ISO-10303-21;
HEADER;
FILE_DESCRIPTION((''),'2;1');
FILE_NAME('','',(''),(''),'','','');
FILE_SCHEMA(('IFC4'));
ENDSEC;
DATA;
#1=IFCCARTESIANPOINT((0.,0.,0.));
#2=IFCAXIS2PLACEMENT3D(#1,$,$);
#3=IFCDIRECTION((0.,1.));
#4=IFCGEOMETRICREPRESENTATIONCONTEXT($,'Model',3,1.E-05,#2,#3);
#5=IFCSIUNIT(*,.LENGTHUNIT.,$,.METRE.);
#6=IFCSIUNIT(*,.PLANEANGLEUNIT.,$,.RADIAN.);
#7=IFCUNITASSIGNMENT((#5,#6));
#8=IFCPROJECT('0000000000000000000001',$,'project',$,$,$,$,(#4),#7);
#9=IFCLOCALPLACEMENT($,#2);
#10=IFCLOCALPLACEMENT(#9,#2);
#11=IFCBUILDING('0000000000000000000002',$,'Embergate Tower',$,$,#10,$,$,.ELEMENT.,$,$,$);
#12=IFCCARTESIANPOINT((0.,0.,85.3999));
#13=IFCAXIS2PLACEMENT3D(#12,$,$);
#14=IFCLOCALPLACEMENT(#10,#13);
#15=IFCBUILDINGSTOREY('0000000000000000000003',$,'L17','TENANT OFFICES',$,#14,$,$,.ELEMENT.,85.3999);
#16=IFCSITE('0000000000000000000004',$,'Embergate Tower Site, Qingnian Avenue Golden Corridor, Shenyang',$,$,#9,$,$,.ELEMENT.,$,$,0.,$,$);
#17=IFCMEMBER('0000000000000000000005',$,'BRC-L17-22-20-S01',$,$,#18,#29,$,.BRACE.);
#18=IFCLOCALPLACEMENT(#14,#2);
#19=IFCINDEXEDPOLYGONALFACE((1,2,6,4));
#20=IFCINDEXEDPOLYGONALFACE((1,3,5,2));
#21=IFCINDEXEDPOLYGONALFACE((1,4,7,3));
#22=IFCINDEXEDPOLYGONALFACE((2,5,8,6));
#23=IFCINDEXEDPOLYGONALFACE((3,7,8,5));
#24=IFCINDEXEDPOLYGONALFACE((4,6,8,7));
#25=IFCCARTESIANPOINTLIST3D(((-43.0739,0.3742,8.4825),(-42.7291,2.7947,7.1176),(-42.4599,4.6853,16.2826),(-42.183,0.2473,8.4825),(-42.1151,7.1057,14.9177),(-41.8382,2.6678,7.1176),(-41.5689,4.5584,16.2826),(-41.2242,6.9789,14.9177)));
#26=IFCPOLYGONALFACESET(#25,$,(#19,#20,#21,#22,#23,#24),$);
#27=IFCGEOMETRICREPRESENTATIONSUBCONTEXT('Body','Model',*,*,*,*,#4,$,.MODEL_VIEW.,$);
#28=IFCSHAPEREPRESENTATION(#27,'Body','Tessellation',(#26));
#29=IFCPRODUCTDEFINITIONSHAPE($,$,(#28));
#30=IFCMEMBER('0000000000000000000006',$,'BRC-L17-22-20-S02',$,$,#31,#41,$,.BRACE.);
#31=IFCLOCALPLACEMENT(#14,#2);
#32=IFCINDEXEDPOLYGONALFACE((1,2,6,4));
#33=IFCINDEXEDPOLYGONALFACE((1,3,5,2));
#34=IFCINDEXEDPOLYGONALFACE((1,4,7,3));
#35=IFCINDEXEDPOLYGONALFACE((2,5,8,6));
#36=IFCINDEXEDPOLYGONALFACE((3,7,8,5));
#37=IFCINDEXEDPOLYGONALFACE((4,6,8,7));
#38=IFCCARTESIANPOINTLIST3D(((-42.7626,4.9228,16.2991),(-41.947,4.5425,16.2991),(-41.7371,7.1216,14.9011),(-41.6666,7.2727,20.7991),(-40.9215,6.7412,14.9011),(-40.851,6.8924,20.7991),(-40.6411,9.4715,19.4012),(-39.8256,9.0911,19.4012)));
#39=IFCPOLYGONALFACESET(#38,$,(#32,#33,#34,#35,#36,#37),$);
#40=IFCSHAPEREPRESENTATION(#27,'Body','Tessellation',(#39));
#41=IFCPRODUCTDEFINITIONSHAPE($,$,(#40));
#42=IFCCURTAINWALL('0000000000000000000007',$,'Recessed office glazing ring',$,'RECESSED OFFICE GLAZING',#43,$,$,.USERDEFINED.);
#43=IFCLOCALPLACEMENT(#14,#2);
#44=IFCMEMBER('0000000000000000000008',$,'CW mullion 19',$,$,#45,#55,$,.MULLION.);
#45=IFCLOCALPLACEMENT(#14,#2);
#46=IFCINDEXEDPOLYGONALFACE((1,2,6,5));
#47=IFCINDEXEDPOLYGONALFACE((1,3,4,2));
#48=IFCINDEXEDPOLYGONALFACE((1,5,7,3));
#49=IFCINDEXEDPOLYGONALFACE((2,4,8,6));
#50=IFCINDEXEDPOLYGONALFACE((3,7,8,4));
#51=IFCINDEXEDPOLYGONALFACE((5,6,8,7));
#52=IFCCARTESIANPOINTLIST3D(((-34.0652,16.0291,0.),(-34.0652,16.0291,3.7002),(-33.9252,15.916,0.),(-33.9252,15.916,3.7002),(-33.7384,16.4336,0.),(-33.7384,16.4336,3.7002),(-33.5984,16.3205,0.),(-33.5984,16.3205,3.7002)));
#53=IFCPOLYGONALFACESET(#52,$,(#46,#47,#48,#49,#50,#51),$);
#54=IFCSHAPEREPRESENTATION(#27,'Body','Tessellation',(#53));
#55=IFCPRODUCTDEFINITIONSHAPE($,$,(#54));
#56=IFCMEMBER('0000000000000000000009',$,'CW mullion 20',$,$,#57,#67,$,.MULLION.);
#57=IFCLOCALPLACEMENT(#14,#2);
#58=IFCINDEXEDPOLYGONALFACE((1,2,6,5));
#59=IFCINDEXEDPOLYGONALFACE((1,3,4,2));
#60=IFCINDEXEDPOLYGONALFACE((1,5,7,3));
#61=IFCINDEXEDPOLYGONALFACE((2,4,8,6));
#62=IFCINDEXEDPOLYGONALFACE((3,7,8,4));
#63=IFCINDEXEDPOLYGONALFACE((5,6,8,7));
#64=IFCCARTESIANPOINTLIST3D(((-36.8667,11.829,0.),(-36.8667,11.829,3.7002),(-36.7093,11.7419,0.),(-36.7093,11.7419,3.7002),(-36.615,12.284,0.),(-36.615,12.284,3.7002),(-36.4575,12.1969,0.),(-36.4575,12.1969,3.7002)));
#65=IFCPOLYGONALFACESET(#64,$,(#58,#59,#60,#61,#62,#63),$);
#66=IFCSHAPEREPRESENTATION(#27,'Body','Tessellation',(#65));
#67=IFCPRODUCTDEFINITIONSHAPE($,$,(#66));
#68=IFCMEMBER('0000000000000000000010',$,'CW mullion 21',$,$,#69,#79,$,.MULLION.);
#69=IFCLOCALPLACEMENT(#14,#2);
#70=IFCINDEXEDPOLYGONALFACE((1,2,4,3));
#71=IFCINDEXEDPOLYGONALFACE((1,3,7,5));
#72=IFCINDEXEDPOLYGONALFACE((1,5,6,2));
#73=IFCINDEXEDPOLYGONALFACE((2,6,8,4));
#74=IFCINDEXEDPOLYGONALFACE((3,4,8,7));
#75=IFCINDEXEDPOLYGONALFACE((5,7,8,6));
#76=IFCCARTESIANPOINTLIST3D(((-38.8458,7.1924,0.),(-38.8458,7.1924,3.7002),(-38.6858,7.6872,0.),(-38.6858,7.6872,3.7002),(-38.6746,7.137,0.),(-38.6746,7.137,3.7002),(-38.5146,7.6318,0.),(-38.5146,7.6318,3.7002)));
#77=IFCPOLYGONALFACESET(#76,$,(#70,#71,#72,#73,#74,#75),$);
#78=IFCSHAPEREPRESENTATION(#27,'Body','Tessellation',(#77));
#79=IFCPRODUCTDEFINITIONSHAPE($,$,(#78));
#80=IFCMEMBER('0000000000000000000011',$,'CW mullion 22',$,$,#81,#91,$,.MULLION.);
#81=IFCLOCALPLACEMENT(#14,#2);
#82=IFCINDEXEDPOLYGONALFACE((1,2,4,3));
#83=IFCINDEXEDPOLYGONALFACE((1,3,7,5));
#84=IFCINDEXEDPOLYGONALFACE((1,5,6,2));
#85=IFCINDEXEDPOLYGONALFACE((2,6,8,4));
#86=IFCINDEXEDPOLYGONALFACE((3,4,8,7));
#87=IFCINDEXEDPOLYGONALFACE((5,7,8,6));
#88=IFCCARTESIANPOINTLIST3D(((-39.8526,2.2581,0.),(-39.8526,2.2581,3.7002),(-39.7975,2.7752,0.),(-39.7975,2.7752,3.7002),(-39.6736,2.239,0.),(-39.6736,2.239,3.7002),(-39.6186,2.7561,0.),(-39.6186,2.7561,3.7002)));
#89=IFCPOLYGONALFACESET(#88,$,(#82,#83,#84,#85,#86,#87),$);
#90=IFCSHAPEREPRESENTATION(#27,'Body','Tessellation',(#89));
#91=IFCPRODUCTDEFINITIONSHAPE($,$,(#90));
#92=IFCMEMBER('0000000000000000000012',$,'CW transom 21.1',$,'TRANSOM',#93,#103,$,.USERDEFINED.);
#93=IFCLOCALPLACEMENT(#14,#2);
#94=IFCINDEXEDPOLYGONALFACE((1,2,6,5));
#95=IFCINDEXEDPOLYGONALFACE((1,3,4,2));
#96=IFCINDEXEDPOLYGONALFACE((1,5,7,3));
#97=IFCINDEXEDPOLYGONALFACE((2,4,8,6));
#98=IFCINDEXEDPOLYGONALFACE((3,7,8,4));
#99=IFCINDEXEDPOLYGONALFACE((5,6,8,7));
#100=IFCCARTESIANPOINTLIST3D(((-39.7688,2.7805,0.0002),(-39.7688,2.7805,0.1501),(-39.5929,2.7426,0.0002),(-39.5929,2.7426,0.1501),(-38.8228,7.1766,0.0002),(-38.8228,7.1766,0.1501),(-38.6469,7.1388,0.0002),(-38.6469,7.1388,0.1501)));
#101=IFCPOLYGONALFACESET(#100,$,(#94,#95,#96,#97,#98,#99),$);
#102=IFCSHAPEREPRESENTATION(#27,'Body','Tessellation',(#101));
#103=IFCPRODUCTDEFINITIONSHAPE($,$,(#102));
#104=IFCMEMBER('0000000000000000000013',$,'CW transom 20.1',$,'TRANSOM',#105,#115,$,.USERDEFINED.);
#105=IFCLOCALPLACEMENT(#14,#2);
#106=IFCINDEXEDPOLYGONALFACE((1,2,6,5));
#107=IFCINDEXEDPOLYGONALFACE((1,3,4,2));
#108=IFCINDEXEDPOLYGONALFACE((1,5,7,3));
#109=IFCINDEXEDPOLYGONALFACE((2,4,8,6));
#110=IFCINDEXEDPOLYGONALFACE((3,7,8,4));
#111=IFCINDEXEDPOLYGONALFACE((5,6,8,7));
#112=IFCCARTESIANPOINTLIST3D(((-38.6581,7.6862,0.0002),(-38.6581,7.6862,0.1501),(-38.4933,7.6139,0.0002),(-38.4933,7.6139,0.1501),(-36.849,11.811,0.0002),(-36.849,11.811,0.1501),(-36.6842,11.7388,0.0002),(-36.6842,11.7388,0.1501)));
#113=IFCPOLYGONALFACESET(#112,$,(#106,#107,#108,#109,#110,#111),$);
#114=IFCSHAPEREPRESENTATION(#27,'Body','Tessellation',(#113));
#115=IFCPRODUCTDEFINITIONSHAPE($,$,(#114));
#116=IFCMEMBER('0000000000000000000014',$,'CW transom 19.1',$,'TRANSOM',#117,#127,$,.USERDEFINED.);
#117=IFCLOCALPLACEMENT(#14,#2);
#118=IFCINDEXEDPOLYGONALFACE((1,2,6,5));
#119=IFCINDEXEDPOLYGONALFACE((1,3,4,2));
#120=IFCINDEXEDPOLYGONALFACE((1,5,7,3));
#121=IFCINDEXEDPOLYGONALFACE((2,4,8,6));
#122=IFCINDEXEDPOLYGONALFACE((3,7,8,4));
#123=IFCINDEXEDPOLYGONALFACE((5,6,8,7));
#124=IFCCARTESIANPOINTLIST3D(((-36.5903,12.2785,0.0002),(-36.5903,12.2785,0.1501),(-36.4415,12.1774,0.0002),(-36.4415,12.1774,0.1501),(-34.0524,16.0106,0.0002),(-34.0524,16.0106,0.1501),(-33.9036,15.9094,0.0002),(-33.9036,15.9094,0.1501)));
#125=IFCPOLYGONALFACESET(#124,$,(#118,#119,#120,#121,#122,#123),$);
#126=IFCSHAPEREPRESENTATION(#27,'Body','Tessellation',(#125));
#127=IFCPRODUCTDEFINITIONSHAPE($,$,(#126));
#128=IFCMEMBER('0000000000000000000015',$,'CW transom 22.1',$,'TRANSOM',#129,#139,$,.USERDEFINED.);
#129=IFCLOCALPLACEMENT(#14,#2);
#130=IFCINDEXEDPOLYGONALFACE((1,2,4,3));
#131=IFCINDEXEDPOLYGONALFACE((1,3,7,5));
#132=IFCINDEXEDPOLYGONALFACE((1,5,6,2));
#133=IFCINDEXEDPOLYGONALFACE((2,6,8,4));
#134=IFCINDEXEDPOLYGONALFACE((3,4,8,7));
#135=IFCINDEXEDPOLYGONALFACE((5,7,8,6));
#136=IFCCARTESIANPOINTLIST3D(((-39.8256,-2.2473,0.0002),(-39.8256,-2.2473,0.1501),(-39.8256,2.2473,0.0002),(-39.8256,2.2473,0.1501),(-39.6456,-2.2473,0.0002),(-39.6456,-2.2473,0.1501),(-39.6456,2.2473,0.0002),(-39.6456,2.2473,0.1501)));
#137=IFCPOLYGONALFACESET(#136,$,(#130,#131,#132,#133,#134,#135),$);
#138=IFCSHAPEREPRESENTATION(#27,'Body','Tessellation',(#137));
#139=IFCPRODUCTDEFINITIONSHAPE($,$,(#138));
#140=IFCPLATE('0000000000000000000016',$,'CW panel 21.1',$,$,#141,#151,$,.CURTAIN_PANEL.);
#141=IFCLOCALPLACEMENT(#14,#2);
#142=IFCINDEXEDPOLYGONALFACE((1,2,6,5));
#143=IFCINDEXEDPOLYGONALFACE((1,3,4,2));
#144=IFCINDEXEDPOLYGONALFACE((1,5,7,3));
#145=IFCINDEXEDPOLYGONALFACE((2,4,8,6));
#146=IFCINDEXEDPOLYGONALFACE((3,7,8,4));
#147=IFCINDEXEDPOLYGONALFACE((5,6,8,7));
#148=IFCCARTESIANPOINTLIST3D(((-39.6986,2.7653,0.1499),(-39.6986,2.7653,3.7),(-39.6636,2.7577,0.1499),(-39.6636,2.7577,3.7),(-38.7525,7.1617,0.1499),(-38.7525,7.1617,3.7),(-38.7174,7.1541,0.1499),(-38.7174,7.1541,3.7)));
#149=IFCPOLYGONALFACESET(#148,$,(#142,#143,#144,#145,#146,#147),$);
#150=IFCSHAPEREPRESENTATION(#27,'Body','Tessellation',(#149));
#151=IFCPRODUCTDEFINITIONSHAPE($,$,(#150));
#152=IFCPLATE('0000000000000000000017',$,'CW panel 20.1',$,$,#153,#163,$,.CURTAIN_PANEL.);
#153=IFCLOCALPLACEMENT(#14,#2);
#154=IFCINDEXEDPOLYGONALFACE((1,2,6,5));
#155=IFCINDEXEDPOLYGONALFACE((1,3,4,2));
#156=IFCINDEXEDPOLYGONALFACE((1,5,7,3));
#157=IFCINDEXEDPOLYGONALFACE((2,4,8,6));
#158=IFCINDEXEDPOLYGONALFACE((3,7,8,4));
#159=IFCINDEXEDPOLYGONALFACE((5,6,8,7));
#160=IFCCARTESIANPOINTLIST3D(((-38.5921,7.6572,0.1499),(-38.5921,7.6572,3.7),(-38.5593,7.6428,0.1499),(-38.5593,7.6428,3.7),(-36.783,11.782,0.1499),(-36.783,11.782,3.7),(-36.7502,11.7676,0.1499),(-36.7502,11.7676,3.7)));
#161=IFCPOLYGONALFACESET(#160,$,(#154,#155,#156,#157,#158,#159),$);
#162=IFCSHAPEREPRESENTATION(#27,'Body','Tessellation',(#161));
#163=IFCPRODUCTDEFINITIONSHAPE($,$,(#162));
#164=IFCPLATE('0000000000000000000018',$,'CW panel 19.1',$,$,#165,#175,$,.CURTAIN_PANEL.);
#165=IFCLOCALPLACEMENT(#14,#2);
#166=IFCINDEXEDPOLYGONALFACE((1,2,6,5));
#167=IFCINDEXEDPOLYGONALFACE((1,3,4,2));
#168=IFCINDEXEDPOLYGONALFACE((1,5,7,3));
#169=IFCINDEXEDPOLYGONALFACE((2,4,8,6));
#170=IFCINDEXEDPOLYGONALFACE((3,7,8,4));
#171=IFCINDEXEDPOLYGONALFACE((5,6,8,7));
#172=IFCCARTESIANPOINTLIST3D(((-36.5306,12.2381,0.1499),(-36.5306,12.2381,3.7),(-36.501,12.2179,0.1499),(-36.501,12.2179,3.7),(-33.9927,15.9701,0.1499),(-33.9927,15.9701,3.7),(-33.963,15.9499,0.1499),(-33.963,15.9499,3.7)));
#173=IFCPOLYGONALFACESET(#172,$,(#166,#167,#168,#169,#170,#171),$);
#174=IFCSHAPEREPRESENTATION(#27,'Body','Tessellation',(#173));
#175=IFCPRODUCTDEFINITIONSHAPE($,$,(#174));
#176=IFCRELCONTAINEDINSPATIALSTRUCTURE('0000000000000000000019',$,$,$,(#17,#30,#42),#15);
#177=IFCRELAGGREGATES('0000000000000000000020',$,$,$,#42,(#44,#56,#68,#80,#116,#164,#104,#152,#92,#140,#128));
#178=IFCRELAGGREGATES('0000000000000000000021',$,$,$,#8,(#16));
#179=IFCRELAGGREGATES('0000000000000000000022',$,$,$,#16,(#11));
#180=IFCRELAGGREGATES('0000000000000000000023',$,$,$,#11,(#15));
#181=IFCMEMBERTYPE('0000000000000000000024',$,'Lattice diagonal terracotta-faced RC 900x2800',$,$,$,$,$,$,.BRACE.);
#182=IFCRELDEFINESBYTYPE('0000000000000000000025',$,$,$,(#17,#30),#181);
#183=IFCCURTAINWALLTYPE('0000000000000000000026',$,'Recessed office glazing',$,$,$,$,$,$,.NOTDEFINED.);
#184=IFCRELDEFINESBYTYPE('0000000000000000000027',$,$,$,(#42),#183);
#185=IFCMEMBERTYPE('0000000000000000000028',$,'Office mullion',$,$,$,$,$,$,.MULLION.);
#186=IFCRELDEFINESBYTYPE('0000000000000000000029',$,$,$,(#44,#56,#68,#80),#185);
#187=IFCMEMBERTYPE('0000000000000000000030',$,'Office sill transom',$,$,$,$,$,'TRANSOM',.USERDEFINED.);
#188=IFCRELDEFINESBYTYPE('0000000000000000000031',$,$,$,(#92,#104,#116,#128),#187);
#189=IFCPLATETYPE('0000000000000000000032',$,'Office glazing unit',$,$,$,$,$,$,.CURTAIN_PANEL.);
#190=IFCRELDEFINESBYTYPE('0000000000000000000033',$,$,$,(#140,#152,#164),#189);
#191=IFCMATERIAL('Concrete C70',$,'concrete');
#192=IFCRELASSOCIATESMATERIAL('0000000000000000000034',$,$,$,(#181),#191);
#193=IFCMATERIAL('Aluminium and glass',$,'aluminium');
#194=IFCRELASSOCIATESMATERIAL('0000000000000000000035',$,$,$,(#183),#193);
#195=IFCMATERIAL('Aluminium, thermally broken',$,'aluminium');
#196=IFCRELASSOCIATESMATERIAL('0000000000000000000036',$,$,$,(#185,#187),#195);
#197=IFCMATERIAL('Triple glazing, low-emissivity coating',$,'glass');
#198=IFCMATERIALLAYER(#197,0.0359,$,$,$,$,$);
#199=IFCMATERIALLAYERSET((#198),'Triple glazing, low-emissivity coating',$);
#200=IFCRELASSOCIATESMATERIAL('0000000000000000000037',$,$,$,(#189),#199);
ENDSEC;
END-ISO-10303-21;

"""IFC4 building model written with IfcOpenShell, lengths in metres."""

from ifc_helpers import new_model, si_unit, direction, frame, origin, origin_2d, place, context, subcontext, project, spatial, rectangle, extrude, source, transform, mapped, material, layer, layer_set, material_profile, profile_set, type_object, element, aggregate, save


model = new_model("IFC4")

# Units and contexts
model_context = context("Model", 3, precision=1e-05, world=origin(), true_north=direction((0.0, 1.0)))
body_context = subcontext(model_context, "Body", "Model", "MODEL_VIEW")
ifc_project = project(units=[si_unit("LENGTHUNIT", "METRE"), si_unit("PLANEANGLEUNIT", "RADIAN")], contexts=[model_context])

# Site, building, storey
site_placement = place(None, origin())
site = spatial("IfcSite", under=ifc_project, at=site_placement, Name="Embergate Tower Site, Qingnian Avenue Golden Corridor, Shenyang", CompositionType="ELEMENT", RefElevation=0.0)
building_placement = place(site_placement, origin())
building = spatial("IfcBuilding", under=site, at=building_placement, Name="Embergate Tower", CompositionType="ELEMENT")
storey_placement = place(building_placement, frame((0.0, 0.0, 85.3999)))
storey = spatial("IfcBuildingStorey", under=building, at=storey_placement, Name="L17", Description="TENANT OFFICES", CompositionType="ELEMENT", Elevation=85.3999)

# Shared definitions
ifc_material_1 = material(Name="Concrete C70", Category="concrete")

# Members
ifc_material_profile_1 = material_profile(ifc_material_1, rectangle(XDim=0.8999, YDim=2.8, at=origin_2d()), Name="RC 900x2800")
ifc_profile_set_1 = profile_set([ifc_material_profile_1], Name="Concrete C70")
member_type_1 = type_object("IfcMemberType", Name="Lattice diagonal terracotta-faced RC 900x2800", PredefinedType="BRACE", material=ifc_profile_set_1)
shared_shape_1 = source(origin(), body_context, "Body", "SweptSolid", [
    extrude(rectangle(XDim=0.8999, YDim=2.8, at=origin_2d()), origin(), (0.0, 0.0, 1.0), 8.9333),
])
member_1_placement = place(storey_placement, frame((-42.4561, 1.521, 7.8), z_axis=(0.068734, 0.482584, 0.873149), x_axis=(-0.990009, 0.141005, 0.0)))
element("IfcMember", 1, at=member_1_placement, inside=storey, type_object=member_type_1, Name="BRC-L17-22-20-S01", PredefinedType="BRACE", context=body_context, shape_type="MappedRepresentation", body=[
    mapped(shared_shape_1, transform((0.0, 0.0, 0.0))),
])
shared_shape_2 = source(origin(), body_context, "Body", "SweptSolid", [
    extrude(rectangle(XDim=0.8999, YDim=2.8, at=origin_2d()), origin(), (0.0, 0.0, 1.0), 5.1936),
])
member_2_placement = place(storey_placement, frame((-41.842, 5.832, 15.6001), z_axis=(0.211021, 0.452457, 0.86646), x_axis=(-0.906279, 0.422679, 0.0)))
element("IfcMember", 2, at=member_2_placement, inside=storey, type_object=member_type_1, Name="BRC-L17-22-20-S02", PredefinedType="BRACE", context=body_context, shape_type="MappedRepresentation", body=[
    mapped(shared_shape_2, transform((0.0, 0.0, 0.0))),
])

# Curtain wall, members, plates
ifc_material_2 = material(Name="Aluminium and glass", Category="aluminium")
curtain_wall_type = type_object("IfcCurtainWallType", Name="Recessed office glazing", PredefinedType="NOTDEFINED", material=ifc_material_2)
curtain_wall_placement = place(storey_placement, origin())
curtain_wall = element("IfcCurtainWall", 3, at=curtain_wall_placement, inside=storey, type_object=curtain_wall_type, Name="Recessed office glazing ring", ObjectType="RECESSED OFFICE GLAZING", PredefinedType="USERDEFINED")
ifc_material_3 = material(Name="Aluminium, thermally broken", Category="aluminium")
ifc_material_profile_2 = material_profile(ifc_material_3, rectangle(XDim=0.1799, YDim=0.52, at=origin_2d()), Name="AL 520x180")
ifc_profile_set_2 = profile_set([ifc_material_profile_2], Name="Aluminium, thermally broken")
member_type_2 = type_object("IfcMemberType", Name="Office mullion", PredefinedType="MULLION", material=ifc_profile_set_2)
shared_shape_3 = source(origin(), body_context, "Body", "SweptSolid", [
    extrude(rectangle(XDim=0.1799, YDim=0.52, at=origin_2d()), origin(), (0.0, 0.0, 1.0), 3.7002),
])
member_3_placement = place(storey_placement, frame((-33.8318, 16.1748, 0.0), z_axis=(0.0, 0.0, 1.0), x_axis=(0.777876, -0.628418, 0.0)))
member_3 = element("IfcMember", 4, at=member_3_placement, type_object=member_type_2, Name="CW mullion 19", PredefinedType="MULLION", context=body_context, shape_type="MappedRepresentation", body=[
    mapped(shared_shape_3, transform((0.0, 0.0, 0.0))),
])
member_4_placement = place(storey_placement, frame((-36.6621, 12.0129, 0.0), z_axis=(0.0, 0.0, 1.0), x_axis=(0.875005, -0.484113, 0.0)))
member_4 = element("IfcMember", 5, at=member_4_placement, type_object=member_type_2, Name="CW mullion 20", PredefinedType="MULLION", context=body_context, shape_type="MappedRepresentation", body=[
    mapped(shared_shape_3, transform((0.0, 0.0, 0.0))),
])
member_5_placement = place(storey_placement, frame((-38.6802, 7.4121, 0.0), z_axis=(0.0, 0.0, 1.0), x_axis=(0.951499, -0.307651, 0.0)))
member_5 = element("IfcMember", 6, at=member_5_placement, type_object=member_type_2, Name="CW mullion 21", PredefinedType="MULLION", context=body_context, shape_type="MappedRepresentation", body=[
    mapped(shared_shape_3, transform((0.0, 0.0, 0.0))),
])
member_6_placement = place(storey_placement, frame((-39.7356, 2.5071, 0.0), z_axis=(0.0, 0.0, 1.0), x_axis=(0.994385, -0.105822, 0.0)))
member_6 = element("IfcMember", 7, at=member_6_placement, type_object=member_type_2, Name="CW mullion 22", PredefinedType="MULLION", context=body_context, shape_type="MappedRepresentation", body=[
    mapped(shared_shape_3, transform((0.0, 0.0, 0.0))),
])
ifc_material_profile_3 = material_profile(ifc_material_3, rectangle(XDim=0.1799, YDim=0.1499, at=origin_2d()), Name="AL 150x180")
ifc_profile_set_3 = profile_set([ifc_material_profile_3], Name="Aluminium, thermally broken")
member_type_3 = type_object("IfcMemberType", Name="Office sill transom", ElementType="TRANSOM", PredefinedType="USERDEFINED", material=ifc_profile_set_3)
shared_shape_4 = source(origin(), body_context, "Body", "SweptSolid", [
    extrude(rectangle(XDim=0.1799, YDim=0.1499, at=origin_2d()), origin(), (0.0, 0.0, 1.0), 4.4968),
])
member_7_placement = place(storey_placement, frame((-38.7349, 7.1577, 0.0752), z_axis=(-0.210378, -0.97762, 0.0), x_axis=(0.97762, -0.210378, 0.0)))
member_7 = element("IfcMember", 8, at=member_7_placement, type_object=member_type_3, Name="CW transom 21.1", ObjectType="TRANSOM", PredefinedType="USERDEFINED", context=body_context, shape_type="MappedRepresentation", body=[
    mapped(shared_shape_4, transform((0.0, 0.0, 0.0))),
])
shared_shape_5 = source(origin(), body_context, "Body", "SweptSolid", [
    extrude(rectangle(XDim=0.1799, YDim=0.1499, at=origin_2d()), origin(), (0.0, 0.0, 1.0), 4.5042),
])
member_8_placement = place(storey_placement, frame((-36.7666, 11.7749, 0.0752), z_axis=(-0.401658, -0.91579, 0.0), x_axis=(0.91579, -0.401658, 0.0)))
member_8 = element("IfcMember", 9, at=member_8_placement, type_object=member_type_3, Name="CW transom 20.1", ObjectType="TRANSOM", PredefinedType="USERDEFINED", context=body_context, shape_type="MappedRepresentation", body=[
    mapped(shared_shape_5, transform((0.0, 0.0, 0.0))),
])
shared_shape_6 = source(origin(), body_context, "Body", "SweptSolid", [
    extrude(rectangle(XDim=0.1799, YDim=0.1499, at=origin_2d()), origin(), (0.0, 0.0, 1.0), 4.5132),
])
member_9_placement = place(storey_placement, frame((-33.978, 15.96, 0.0752), z_axis=(-0.562329, -0.826913, 0.0), x_axis=(0.826913, -0.562329, 0.0)))
member_9 = element("IfcMember", 10, at=member_9_placement, type_object=member_type_3, Name="CW transom 19.1", ObjectType="TRANSOM", PredefinedType="USERDEFINED", context=body_context, shape_type="MappedRepresentation", body=[
    mapped(shared_shape_6, transform((0.0, 0.0, 0.0))),
])
shared_shape_7 = source(origin(), body_context, "Body", "SweptSolid", [
    extrude(rectangle(XDim=0.1799, YDim=0.1499, at=origin_2d()), origin(), (0.0, 0.0, 1.0), 4.4946),
])
member_10_placement = place(storey_placement, frame((-39.7356, 2.2473, 0.0752), z_axis=(0.0, -1.0, 0.0), x_axis=(1.0, 0.0, 0.0)))
member_10 = element("IfcMember", 11, at=member_10_placement, type_object=member_type_3, Name="CW transom 22.1", ObjectType="TRANSOM", PredefinedType="USERDEFINED", context=body_context, shape_type="MappedRepresentation", body=[
    mapped(shared_shape_7, transform((0.0, 0.0, 0.0))),
])
ifc_material_4 = material(Name="Triple glazing, low-emissivity coating", Category="glass")
ifc_layer = layer(ifc_material_4, 0.0359)
ifc_layer_set = layer_set([ifc_layer], Name="Triple glazing, low-emissivity coating")
plate_type = type_object("IfcPlateType", Name="Office glazing unit", PredefinedType="CURTAIN_PANEL", material=ifc_layer_set)
shared_shape_8 = source(origin(), body_context, "Body", "SweptSolid", [
    extrude(rectangle(XDim=4.4971, YDim=0.0359, at=origin_2d()), origin(), (0.0, 0.0, 1.0), 3.55),
])
plate_1_placement = place(storey_placement, frame((-39.208, 4.9597, 0.1499), z_axis=(0.0, 0.0, 1.0), x_axis=(-0.210398, -0.977616, 0.0)))
plate_1 = element("IfcPlate", 12, at=plate_1_placement, type_object=plate_type, Name="CW panel 21.1", PredefinedType="CURTAIN_PANEL", context=body_context, shape_type="MappedRepresentation", body=[
    mapped(shared_shape_8, transform((0.0, 0.0, 0.0))),
])
shared_shape_9 = source(origin(), body_context, "Body", "SweptSolid", [
    extrude(rectangle(XDim=4.5042, YDim=0.0359, at=origin_2d()), origin(), (0.0, 0.0, 1.0), 3.55),
])
plate_2_placement = place(storey_placement, frame((-37.6711, 9.7124, 0.1499), z_axis=(0.0, 0.0, 1.0), x_axis=(-0.401652, -0.915792, 0.0)))
plate_2 = element("IfcPlate", 13, at=plate_2_placement, type_object=plate_type, Name="CW panel 20.1", PredefinedType="CURTAIN_PANEL", context=body_context, shape_type="MappedRepresentation", body=[
    mapped(shared_shape_9, transform((0.0, 0.0, 0.0))),
])
shared_shape_10 = source(origin(), body_context, "Body", "SweptSolid", [
    extrude(rectangle(XDim=4.5132, YDim=0.0359, at=origin_2d()), origin(), (0.0, 0.0, 1.0), 3.55),
])
plate_3_placement = place(storey_placement, frame((-35.2468, 14.094, 0.1499), z_axis=(0.0, 0.0, 1.0), x_axis=(-0.562343, -0.826904, 0.0)))
plate_3 = element("IfcPlate", 14, at=plate_3_placement, type_object=plate_type, Name="CW panel 19.1", PredefinedType="CURTAIN_PANEL", context=body_context, shape_type="MappedRepresentation", body=[
    mapped(shared_shape_10, transform((0.0, 0.0, 0.0))),
])
aggregate(curtain_wall, [member_3, member_4, member_5, member_6, member_9, plate_3, member_8, plate_2, member_7, plate_1, member_10])

save(model, "model.ifc")
